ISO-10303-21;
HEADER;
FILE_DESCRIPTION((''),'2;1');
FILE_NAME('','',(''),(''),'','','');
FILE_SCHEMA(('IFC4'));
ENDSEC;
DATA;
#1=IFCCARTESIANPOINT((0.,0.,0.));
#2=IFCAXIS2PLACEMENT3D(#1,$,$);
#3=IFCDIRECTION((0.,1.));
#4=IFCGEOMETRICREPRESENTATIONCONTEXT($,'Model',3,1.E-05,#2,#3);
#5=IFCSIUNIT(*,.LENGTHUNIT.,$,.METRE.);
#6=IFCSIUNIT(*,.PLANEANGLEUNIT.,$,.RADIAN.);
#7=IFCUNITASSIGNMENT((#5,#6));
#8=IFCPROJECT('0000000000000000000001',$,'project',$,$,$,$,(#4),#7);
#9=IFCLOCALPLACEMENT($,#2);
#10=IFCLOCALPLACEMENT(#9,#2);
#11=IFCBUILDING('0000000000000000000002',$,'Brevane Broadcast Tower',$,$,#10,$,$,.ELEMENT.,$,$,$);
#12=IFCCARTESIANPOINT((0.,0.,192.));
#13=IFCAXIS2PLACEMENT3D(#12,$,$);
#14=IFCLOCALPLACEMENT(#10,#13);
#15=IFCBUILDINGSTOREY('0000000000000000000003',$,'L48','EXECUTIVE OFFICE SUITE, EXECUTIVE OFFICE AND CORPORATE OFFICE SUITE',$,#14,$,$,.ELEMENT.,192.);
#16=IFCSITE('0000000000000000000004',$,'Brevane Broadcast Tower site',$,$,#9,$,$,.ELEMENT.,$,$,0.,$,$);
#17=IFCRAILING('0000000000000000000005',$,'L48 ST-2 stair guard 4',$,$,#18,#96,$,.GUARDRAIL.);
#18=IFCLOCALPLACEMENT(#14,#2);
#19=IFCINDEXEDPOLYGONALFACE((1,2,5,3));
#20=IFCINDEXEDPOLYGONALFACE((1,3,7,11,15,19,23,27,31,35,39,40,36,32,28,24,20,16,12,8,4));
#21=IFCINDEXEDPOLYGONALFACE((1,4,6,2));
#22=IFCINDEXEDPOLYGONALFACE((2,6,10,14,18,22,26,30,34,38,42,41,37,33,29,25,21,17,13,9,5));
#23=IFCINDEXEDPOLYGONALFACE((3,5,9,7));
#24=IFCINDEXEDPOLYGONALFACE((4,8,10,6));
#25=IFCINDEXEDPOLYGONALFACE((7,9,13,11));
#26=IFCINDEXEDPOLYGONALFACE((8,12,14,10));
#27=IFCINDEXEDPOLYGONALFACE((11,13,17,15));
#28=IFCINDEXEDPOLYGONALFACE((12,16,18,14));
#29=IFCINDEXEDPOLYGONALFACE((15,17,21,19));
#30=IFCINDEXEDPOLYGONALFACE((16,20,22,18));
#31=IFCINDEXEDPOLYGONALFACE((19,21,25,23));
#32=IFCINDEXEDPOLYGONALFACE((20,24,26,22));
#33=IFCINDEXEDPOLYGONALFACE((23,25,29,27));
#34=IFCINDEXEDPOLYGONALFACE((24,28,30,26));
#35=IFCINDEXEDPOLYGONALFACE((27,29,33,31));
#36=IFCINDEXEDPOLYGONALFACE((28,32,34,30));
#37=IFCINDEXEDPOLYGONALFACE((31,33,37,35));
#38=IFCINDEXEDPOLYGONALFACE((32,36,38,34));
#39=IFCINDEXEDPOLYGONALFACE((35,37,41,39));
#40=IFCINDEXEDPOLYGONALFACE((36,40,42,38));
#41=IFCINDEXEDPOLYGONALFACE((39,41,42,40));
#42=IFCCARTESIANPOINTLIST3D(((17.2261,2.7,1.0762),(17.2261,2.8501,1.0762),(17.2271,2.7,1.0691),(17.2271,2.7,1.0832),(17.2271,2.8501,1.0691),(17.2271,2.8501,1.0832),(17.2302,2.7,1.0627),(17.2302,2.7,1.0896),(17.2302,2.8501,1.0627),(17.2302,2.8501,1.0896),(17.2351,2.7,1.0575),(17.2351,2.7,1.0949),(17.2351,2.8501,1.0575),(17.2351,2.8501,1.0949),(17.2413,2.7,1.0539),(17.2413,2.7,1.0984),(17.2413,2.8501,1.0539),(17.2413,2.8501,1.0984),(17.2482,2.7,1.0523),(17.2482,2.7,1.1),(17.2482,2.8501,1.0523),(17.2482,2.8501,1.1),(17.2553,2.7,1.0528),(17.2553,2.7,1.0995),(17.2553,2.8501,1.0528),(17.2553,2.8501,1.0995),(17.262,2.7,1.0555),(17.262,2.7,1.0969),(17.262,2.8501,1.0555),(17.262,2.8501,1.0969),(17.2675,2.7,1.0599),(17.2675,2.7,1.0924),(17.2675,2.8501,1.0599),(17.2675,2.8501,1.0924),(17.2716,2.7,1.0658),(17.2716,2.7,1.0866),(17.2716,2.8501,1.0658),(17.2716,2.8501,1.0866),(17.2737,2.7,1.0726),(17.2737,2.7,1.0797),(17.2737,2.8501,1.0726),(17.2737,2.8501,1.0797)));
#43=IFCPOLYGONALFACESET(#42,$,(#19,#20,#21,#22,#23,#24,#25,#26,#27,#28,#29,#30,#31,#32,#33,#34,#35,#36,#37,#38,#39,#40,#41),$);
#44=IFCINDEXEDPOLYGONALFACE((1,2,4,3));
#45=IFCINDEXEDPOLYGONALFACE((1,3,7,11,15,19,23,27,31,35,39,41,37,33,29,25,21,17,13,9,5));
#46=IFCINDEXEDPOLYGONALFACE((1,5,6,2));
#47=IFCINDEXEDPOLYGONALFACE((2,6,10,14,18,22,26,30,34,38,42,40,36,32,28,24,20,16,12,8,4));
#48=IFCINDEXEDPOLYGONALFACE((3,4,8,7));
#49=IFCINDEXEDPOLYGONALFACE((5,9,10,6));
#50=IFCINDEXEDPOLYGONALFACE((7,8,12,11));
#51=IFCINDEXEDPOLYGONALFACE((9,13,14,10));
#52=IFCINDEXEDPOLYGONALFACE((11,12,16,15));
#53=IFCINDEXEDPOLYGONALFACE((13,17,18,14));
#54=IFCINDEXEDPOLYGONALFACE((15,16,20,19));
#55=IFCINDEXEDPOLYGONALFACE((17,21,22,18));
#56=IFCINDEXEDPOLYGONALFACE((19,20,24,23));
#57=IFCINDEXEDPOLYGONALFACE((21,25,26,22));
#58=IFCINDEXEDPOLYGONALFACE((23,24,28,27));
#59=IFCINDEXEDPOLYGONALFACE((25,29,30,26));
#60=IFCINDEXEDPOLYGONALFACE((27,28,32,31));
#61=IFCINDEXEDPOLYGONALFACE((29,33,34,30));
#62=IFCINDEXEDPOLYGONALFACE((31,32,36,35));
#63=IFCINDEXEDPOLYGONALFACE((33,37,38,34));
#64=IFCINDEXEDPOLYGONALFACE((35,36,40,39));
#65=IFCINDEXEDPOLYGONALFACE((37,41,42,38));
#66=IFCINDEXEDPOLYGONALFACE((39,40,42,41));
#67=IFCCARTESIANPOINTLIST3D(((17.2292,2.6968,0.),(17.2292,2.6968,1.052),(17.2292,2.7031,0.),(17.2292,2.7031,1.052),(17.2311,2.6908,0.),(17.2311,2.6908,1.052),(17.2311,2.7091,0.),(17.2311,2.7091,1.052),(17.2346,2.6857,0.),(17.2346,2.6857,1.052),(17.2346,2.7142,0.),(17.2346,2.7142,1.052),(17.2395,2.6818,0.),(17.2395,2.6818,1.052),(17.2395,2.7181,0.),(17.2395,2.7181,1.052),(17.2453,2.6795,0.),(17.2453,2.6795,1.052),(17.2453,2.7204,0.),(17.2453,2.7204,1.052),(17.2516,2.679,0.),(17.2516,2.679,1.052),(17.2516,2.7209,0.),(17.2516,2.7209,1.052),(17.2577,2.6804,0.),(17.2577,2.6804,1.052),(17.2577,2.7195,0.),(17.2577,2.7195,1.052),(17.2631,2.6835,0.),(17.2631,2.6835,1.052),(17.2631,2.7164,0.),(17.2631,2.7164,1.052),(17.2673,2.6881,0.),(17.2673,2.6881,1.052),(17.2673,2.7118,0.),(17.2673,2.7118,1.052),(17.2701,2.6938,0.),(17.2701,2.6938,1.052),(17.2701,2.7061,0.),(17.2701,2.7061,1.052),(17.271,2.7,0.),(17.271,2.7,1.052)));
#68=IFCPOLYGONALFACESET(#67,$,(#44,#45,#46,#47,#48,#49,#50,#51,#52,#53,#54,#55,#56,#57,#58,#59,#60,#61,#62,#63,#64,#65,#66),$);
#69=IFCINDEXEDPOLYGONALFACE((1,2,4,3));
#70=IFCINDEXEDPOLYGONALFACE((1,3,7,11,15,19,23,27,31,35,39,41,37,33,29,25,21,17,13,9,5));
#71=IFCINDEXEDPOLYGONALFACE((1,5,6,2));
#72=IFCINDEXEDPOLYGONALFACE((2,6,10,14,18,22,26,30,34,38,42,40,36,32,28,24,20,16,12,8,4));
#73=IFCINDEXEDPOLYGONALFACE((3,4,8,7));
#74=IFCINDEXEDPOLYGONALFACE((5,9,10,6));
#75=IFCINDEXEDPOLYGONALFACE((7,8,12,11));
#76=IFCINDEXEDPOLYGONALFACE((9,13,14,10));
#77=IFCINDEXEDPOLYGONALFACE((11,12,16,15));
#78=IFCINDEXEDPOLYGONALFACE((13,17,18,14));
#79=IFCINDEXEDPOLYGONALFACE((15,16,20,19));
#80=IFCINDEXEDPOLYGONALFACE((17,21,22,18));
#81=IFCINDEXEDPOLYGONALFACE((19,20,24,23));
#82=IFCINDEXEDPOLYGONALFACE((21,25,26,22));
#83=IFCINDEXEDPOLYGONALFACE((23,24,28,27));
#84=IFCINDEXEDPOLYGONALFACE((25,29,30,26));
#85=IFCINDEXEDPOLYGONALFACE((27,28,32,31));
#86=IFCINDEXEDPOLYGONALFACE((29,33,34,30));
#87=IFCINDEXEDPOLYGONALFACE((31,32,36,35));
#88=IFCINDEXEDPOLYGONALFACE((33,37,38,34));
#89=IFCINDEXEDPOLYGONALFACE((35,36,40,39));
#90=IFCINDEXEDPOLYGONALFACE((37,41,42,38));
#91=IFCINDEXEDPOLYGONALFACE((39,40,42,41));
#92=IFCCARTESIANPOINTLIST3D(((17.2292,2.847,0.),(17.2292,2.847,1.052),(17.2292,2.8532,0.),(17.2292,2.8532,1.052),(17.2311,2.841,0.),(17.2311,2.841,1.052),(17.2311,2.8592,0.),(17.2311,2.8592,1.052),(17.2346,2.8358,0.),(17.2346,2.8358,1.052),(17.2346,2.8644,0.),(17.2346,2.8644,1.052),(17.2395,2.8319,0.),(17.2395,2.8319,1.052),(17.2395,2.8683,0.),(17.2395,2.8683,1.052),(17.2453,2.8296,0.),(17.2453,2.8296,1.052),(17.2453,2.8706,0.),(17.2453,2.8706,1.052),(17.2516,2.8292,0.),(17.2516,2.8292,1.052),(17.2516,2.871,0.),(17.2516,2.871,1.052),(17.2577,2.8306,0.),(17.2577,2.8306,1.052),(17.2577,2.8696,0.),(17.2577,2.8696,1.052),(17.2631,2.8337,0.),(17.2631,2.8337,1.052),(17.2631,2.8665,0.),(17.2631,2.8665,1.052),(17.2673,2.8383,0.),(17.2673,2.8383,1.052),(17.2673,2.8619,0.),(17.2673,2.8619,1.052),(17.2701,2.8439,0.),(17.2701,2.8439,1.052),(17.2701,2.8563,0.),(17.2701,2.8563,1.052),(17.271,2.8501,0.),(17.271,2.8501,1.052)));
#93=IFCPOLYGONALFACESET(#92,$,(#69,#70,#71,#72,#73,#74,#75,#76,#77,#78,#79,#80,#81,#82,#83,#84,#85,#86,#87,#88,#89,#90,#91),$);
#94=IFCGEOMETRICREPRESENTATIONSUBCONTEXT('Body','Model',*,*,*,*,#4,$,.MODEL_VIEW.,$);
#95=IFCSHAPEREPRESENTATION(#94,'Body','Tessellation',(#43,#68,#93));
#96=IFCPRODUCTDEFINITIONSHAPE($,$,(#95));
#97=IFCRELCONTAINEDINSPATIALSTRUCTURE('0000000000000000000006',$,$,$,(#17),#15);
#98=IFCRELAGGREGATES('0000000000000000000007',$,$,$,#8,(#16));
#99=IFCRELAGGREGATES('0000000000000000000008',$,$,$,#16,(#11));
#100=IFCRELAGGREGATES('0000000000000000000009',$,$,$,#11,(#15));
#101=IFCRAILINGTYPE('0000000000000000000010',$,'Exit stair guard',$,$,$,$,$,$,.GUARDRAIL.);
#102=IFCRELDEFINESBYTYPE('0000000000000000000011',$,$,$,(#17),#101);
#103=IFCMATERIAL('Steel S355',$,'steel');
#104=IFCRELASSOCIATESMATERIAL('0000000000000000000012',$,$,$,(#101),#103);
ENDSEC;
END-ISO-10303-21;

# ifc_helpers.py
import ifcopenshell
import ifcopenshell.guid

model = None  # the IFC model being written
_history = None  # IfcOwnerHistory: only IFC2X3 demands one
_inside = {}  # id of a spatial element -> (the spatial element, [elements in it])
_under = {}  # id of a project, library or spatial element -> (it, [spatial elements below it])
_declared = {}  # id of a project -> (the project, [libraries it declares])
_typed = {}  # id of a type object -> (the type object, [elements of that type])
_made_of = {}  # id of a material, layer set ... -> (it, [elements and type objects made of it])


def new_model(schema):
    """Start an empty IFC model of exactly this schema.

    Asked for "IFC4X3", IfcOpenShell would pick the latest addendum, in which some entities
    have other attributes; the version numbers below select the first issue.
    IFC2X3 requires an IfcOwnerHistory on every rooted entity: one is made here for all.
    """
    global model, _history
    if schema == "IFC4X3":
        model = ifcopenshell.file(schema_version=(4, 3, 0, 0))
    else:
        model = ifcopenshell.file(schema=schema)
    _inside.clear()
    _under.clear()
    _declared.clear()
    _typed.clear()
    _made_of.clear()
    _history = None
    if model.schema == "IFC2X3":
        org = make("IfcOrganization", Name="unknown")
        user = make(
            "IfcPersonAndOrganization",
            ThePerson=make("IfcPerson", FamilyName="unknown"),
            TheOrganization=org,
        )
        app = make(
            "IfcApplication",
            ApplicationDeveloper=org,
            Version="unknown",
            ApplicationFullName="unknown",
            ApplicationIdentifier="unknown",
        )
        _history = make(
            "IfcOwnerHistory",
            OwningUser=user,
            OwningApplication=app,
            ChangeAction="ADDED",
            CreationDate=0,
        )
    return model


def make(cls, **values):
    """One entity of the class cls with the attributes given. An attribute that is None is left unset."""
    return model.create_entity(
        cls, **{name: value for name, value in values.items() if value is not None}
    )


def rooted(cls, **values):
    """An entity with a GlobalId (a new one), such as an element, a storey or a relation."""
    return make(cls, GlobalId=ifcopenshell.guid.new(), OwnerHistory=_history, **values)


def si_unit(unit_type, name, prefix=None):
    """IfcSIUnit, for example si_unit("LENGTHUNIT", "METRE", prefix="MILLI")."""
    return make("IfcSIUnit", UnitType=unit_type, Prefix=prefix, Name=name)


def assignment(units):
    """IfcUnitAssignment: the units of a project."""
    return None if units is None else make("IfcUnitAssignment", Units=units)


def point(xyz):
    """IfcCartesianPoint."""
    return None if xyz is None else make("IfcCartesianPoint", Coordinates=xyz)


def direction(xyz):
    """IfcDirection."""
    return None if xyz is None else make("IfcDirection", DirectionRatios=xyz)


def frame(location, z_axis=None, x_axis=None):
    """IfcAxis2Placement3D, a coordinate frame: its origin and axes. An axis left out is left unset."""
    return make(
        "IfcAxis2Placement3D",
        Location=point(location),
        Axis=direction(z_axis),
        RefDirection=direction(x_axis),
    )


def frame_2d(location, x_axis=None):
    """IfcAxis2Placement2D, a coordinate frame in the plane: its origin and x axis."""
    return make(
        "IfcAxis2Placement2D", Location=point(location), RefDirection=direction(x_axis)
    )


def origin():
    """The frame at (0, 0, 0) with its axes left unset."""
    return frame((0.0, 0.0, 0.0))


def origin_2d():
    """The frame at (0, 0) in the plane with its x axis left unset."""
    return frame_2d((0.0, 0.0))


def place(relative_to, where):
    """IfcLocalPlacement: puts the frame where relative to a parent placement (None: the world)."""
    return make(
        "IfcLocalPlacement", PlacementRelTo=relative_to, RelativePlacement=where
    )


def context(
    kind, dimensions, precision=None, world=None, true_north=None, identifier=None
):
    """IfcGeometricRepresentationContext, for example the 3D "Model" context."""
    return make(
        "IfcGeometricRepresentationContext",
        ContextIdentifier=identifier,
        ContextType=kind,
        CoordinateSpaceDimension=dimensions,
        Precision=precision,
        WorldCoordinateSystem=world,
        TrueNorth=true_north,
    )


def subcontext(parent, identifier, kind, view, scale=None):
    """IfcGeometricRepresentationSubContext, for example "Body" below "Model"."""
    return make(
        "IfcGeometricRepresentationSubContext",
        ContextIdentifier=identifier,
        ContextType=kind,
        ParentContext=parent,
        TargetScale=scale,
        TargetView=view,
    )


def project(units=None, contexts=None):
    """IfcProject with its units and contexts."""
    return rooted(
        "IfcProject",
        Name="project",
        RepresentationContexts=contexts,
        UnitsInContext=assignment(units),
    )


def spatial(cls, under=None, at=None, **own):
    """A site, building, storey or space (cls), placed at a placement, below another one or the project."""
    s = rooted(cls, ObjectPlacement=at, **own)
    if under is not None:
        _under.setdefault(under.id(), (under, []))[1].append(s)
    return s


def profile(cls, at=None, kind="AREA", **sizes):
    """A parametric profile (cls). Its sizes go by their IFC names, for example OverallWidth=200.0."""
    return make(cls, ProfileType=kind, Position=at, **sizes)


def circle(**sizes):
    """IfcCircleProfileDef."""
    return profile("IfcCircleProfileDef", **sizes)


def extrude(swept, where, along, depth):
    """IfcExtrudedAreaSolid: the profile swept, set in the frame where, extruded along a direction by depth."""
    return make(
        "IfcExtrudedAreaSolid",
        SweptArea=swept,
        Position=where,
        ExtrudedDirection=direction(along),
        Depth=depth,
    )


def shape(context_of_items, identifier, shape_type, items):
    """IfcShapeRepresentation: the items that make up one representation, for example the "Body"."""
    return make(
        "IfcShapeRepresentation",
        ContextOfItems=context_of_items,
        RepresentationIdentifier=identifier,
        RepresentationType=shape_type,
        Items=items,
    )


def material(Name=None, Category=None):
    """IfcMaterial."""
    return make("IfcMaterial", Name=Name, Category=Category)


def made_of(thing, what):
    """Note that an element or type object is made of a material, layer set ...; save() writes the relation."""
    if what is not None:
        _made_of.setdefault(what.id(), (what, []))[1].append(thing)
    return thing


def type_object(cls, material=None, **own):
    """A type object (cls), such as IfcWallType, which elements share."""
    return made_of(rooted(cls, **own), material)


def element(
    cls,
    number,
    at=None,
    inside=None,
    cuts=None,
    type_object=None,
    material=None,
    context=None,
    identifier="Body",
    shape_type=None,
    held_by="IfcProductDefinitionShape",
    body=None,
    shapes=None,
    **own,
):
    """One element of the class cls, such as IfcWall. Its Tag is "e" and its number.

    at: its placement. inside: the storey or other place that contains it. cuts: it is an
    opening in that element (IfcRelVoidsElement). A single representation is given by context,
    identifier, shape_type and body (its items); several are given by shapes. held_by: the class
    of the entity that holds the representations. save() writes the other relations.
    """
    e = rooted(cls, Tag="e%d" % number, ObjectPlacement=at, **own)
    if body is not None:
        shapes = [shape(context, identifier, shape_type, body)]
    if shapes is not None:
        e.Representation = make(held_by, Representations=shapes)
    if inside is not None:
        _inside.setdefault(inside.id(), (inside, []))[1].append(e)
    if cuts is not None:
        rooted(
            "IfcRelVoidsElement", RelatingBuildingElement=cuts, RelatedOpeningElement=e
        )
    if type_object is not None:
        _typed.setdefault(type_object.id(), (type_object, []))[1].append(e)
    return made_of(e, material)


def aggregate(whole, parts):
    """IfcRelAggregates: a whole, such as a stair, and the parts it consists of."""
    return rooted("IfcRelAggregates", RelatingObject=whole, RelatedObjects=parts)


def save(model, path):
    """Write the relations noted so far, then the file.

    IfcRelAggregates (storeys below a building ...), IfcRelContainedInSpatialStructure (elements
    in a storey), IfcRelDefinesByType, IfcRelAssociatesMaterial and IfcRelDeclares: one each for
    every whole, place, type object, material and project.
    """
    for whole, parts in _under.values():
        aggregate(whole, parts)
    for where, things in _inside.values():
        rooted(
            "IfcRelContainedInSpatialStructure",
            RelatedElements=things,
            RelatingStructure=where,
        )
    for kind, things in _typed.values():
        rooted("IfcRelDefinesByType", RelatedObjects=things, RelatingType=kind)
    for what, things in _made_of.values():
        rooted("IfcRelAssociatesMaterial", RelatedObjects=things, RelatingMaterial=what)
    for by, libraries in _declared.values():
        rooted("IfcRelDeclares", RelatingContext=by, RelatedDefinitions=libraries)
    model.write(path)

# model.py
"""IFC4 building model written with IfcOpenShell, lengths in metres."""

from ifc_helpers import new_model, si_unit, direction, frame, origin, origin_2d, place, context, subcontext, project, spatial, circle, extrude, material, type_object, element, save


model = new_model("IFC4")

# Units and contexts
model_context = context("Model", 3, precision=1e-05, world=origin(), true_north=direction((0.0, 1.0)))
body_context = subcontext(model_context, "Body", "Model", "MODEL_VIEW")
ifc_project = project(units=[si_unit("LENGTHUNIT", "METRE"), si_unit("PLANEANGLEUNIT", "RADIAN")], contexts=[model_context])

# Site, building, storey
site_placement = place(None, origin())
site = spatial("IfcSite", under=ifc_project, at=site_placement, Name="Brevane Broadcast Tower site", CompositionType="ELEMENT", RefElevation=0.0)
building_placement = place(site_placement, origin())
building = spatial("IfcBuilding", under=site, at=building_placement, Name="Brevane Broadcast Tower", CompositionType="ELEMENT")
storey_placement = place(building_placement, frame((0.0, 0.0, 192.0)))
storey = spatial("IfcBuildingStorey", under=building, at=storey_placement, Name="L48", Description="EXECUTIVE OFFICE SUITE, EXECUTIVE OFFICE AND CORPORATE OFFICE SUITE", CompositionType="ELEMENT", Elevation=192.0)

# Railing
ifc_material_1 = material(Name="Steel S355", Category="steel")
railing_type_1 = type_object("IfcRailingType", Name="Exit stair guard", PredefinedType="GUARDRAIL", material=ifc_material_1)
railing_1_placement = place(storey_placement, frame((17.25, 2.7, 0.0)))
element("IfcRailing", 1, at=railing_1_placement, inside=storey, type_object=railing_type_1, Name="L48 ST-2 stair guard 4", PredefinedType="GUARDRAIL", context=body_context, shape_type="SweptSolid", body=[
    extrude(circle(Radius=0.0239, at=origin_2d()), frame((0.0, 0.0, 1.0762), z_axis=(0.0, 1.0, 0.0), x_axis=(-1.0, 0.0, 0.0)), (0.0, 0.0, 1.0), 0.1501),
    extrude(circle(Radius=0.021, at=origin_2d()), origin(), (0.0, 0.0, 1.0), 1.052),
    extrude(circle(Radius=0.021, at=origin_2d()), frame((0.0, 0.1501, 0.0)), (0.0, 0.0, 1.0), 1.052),
])

save(model, "model.ifc")
